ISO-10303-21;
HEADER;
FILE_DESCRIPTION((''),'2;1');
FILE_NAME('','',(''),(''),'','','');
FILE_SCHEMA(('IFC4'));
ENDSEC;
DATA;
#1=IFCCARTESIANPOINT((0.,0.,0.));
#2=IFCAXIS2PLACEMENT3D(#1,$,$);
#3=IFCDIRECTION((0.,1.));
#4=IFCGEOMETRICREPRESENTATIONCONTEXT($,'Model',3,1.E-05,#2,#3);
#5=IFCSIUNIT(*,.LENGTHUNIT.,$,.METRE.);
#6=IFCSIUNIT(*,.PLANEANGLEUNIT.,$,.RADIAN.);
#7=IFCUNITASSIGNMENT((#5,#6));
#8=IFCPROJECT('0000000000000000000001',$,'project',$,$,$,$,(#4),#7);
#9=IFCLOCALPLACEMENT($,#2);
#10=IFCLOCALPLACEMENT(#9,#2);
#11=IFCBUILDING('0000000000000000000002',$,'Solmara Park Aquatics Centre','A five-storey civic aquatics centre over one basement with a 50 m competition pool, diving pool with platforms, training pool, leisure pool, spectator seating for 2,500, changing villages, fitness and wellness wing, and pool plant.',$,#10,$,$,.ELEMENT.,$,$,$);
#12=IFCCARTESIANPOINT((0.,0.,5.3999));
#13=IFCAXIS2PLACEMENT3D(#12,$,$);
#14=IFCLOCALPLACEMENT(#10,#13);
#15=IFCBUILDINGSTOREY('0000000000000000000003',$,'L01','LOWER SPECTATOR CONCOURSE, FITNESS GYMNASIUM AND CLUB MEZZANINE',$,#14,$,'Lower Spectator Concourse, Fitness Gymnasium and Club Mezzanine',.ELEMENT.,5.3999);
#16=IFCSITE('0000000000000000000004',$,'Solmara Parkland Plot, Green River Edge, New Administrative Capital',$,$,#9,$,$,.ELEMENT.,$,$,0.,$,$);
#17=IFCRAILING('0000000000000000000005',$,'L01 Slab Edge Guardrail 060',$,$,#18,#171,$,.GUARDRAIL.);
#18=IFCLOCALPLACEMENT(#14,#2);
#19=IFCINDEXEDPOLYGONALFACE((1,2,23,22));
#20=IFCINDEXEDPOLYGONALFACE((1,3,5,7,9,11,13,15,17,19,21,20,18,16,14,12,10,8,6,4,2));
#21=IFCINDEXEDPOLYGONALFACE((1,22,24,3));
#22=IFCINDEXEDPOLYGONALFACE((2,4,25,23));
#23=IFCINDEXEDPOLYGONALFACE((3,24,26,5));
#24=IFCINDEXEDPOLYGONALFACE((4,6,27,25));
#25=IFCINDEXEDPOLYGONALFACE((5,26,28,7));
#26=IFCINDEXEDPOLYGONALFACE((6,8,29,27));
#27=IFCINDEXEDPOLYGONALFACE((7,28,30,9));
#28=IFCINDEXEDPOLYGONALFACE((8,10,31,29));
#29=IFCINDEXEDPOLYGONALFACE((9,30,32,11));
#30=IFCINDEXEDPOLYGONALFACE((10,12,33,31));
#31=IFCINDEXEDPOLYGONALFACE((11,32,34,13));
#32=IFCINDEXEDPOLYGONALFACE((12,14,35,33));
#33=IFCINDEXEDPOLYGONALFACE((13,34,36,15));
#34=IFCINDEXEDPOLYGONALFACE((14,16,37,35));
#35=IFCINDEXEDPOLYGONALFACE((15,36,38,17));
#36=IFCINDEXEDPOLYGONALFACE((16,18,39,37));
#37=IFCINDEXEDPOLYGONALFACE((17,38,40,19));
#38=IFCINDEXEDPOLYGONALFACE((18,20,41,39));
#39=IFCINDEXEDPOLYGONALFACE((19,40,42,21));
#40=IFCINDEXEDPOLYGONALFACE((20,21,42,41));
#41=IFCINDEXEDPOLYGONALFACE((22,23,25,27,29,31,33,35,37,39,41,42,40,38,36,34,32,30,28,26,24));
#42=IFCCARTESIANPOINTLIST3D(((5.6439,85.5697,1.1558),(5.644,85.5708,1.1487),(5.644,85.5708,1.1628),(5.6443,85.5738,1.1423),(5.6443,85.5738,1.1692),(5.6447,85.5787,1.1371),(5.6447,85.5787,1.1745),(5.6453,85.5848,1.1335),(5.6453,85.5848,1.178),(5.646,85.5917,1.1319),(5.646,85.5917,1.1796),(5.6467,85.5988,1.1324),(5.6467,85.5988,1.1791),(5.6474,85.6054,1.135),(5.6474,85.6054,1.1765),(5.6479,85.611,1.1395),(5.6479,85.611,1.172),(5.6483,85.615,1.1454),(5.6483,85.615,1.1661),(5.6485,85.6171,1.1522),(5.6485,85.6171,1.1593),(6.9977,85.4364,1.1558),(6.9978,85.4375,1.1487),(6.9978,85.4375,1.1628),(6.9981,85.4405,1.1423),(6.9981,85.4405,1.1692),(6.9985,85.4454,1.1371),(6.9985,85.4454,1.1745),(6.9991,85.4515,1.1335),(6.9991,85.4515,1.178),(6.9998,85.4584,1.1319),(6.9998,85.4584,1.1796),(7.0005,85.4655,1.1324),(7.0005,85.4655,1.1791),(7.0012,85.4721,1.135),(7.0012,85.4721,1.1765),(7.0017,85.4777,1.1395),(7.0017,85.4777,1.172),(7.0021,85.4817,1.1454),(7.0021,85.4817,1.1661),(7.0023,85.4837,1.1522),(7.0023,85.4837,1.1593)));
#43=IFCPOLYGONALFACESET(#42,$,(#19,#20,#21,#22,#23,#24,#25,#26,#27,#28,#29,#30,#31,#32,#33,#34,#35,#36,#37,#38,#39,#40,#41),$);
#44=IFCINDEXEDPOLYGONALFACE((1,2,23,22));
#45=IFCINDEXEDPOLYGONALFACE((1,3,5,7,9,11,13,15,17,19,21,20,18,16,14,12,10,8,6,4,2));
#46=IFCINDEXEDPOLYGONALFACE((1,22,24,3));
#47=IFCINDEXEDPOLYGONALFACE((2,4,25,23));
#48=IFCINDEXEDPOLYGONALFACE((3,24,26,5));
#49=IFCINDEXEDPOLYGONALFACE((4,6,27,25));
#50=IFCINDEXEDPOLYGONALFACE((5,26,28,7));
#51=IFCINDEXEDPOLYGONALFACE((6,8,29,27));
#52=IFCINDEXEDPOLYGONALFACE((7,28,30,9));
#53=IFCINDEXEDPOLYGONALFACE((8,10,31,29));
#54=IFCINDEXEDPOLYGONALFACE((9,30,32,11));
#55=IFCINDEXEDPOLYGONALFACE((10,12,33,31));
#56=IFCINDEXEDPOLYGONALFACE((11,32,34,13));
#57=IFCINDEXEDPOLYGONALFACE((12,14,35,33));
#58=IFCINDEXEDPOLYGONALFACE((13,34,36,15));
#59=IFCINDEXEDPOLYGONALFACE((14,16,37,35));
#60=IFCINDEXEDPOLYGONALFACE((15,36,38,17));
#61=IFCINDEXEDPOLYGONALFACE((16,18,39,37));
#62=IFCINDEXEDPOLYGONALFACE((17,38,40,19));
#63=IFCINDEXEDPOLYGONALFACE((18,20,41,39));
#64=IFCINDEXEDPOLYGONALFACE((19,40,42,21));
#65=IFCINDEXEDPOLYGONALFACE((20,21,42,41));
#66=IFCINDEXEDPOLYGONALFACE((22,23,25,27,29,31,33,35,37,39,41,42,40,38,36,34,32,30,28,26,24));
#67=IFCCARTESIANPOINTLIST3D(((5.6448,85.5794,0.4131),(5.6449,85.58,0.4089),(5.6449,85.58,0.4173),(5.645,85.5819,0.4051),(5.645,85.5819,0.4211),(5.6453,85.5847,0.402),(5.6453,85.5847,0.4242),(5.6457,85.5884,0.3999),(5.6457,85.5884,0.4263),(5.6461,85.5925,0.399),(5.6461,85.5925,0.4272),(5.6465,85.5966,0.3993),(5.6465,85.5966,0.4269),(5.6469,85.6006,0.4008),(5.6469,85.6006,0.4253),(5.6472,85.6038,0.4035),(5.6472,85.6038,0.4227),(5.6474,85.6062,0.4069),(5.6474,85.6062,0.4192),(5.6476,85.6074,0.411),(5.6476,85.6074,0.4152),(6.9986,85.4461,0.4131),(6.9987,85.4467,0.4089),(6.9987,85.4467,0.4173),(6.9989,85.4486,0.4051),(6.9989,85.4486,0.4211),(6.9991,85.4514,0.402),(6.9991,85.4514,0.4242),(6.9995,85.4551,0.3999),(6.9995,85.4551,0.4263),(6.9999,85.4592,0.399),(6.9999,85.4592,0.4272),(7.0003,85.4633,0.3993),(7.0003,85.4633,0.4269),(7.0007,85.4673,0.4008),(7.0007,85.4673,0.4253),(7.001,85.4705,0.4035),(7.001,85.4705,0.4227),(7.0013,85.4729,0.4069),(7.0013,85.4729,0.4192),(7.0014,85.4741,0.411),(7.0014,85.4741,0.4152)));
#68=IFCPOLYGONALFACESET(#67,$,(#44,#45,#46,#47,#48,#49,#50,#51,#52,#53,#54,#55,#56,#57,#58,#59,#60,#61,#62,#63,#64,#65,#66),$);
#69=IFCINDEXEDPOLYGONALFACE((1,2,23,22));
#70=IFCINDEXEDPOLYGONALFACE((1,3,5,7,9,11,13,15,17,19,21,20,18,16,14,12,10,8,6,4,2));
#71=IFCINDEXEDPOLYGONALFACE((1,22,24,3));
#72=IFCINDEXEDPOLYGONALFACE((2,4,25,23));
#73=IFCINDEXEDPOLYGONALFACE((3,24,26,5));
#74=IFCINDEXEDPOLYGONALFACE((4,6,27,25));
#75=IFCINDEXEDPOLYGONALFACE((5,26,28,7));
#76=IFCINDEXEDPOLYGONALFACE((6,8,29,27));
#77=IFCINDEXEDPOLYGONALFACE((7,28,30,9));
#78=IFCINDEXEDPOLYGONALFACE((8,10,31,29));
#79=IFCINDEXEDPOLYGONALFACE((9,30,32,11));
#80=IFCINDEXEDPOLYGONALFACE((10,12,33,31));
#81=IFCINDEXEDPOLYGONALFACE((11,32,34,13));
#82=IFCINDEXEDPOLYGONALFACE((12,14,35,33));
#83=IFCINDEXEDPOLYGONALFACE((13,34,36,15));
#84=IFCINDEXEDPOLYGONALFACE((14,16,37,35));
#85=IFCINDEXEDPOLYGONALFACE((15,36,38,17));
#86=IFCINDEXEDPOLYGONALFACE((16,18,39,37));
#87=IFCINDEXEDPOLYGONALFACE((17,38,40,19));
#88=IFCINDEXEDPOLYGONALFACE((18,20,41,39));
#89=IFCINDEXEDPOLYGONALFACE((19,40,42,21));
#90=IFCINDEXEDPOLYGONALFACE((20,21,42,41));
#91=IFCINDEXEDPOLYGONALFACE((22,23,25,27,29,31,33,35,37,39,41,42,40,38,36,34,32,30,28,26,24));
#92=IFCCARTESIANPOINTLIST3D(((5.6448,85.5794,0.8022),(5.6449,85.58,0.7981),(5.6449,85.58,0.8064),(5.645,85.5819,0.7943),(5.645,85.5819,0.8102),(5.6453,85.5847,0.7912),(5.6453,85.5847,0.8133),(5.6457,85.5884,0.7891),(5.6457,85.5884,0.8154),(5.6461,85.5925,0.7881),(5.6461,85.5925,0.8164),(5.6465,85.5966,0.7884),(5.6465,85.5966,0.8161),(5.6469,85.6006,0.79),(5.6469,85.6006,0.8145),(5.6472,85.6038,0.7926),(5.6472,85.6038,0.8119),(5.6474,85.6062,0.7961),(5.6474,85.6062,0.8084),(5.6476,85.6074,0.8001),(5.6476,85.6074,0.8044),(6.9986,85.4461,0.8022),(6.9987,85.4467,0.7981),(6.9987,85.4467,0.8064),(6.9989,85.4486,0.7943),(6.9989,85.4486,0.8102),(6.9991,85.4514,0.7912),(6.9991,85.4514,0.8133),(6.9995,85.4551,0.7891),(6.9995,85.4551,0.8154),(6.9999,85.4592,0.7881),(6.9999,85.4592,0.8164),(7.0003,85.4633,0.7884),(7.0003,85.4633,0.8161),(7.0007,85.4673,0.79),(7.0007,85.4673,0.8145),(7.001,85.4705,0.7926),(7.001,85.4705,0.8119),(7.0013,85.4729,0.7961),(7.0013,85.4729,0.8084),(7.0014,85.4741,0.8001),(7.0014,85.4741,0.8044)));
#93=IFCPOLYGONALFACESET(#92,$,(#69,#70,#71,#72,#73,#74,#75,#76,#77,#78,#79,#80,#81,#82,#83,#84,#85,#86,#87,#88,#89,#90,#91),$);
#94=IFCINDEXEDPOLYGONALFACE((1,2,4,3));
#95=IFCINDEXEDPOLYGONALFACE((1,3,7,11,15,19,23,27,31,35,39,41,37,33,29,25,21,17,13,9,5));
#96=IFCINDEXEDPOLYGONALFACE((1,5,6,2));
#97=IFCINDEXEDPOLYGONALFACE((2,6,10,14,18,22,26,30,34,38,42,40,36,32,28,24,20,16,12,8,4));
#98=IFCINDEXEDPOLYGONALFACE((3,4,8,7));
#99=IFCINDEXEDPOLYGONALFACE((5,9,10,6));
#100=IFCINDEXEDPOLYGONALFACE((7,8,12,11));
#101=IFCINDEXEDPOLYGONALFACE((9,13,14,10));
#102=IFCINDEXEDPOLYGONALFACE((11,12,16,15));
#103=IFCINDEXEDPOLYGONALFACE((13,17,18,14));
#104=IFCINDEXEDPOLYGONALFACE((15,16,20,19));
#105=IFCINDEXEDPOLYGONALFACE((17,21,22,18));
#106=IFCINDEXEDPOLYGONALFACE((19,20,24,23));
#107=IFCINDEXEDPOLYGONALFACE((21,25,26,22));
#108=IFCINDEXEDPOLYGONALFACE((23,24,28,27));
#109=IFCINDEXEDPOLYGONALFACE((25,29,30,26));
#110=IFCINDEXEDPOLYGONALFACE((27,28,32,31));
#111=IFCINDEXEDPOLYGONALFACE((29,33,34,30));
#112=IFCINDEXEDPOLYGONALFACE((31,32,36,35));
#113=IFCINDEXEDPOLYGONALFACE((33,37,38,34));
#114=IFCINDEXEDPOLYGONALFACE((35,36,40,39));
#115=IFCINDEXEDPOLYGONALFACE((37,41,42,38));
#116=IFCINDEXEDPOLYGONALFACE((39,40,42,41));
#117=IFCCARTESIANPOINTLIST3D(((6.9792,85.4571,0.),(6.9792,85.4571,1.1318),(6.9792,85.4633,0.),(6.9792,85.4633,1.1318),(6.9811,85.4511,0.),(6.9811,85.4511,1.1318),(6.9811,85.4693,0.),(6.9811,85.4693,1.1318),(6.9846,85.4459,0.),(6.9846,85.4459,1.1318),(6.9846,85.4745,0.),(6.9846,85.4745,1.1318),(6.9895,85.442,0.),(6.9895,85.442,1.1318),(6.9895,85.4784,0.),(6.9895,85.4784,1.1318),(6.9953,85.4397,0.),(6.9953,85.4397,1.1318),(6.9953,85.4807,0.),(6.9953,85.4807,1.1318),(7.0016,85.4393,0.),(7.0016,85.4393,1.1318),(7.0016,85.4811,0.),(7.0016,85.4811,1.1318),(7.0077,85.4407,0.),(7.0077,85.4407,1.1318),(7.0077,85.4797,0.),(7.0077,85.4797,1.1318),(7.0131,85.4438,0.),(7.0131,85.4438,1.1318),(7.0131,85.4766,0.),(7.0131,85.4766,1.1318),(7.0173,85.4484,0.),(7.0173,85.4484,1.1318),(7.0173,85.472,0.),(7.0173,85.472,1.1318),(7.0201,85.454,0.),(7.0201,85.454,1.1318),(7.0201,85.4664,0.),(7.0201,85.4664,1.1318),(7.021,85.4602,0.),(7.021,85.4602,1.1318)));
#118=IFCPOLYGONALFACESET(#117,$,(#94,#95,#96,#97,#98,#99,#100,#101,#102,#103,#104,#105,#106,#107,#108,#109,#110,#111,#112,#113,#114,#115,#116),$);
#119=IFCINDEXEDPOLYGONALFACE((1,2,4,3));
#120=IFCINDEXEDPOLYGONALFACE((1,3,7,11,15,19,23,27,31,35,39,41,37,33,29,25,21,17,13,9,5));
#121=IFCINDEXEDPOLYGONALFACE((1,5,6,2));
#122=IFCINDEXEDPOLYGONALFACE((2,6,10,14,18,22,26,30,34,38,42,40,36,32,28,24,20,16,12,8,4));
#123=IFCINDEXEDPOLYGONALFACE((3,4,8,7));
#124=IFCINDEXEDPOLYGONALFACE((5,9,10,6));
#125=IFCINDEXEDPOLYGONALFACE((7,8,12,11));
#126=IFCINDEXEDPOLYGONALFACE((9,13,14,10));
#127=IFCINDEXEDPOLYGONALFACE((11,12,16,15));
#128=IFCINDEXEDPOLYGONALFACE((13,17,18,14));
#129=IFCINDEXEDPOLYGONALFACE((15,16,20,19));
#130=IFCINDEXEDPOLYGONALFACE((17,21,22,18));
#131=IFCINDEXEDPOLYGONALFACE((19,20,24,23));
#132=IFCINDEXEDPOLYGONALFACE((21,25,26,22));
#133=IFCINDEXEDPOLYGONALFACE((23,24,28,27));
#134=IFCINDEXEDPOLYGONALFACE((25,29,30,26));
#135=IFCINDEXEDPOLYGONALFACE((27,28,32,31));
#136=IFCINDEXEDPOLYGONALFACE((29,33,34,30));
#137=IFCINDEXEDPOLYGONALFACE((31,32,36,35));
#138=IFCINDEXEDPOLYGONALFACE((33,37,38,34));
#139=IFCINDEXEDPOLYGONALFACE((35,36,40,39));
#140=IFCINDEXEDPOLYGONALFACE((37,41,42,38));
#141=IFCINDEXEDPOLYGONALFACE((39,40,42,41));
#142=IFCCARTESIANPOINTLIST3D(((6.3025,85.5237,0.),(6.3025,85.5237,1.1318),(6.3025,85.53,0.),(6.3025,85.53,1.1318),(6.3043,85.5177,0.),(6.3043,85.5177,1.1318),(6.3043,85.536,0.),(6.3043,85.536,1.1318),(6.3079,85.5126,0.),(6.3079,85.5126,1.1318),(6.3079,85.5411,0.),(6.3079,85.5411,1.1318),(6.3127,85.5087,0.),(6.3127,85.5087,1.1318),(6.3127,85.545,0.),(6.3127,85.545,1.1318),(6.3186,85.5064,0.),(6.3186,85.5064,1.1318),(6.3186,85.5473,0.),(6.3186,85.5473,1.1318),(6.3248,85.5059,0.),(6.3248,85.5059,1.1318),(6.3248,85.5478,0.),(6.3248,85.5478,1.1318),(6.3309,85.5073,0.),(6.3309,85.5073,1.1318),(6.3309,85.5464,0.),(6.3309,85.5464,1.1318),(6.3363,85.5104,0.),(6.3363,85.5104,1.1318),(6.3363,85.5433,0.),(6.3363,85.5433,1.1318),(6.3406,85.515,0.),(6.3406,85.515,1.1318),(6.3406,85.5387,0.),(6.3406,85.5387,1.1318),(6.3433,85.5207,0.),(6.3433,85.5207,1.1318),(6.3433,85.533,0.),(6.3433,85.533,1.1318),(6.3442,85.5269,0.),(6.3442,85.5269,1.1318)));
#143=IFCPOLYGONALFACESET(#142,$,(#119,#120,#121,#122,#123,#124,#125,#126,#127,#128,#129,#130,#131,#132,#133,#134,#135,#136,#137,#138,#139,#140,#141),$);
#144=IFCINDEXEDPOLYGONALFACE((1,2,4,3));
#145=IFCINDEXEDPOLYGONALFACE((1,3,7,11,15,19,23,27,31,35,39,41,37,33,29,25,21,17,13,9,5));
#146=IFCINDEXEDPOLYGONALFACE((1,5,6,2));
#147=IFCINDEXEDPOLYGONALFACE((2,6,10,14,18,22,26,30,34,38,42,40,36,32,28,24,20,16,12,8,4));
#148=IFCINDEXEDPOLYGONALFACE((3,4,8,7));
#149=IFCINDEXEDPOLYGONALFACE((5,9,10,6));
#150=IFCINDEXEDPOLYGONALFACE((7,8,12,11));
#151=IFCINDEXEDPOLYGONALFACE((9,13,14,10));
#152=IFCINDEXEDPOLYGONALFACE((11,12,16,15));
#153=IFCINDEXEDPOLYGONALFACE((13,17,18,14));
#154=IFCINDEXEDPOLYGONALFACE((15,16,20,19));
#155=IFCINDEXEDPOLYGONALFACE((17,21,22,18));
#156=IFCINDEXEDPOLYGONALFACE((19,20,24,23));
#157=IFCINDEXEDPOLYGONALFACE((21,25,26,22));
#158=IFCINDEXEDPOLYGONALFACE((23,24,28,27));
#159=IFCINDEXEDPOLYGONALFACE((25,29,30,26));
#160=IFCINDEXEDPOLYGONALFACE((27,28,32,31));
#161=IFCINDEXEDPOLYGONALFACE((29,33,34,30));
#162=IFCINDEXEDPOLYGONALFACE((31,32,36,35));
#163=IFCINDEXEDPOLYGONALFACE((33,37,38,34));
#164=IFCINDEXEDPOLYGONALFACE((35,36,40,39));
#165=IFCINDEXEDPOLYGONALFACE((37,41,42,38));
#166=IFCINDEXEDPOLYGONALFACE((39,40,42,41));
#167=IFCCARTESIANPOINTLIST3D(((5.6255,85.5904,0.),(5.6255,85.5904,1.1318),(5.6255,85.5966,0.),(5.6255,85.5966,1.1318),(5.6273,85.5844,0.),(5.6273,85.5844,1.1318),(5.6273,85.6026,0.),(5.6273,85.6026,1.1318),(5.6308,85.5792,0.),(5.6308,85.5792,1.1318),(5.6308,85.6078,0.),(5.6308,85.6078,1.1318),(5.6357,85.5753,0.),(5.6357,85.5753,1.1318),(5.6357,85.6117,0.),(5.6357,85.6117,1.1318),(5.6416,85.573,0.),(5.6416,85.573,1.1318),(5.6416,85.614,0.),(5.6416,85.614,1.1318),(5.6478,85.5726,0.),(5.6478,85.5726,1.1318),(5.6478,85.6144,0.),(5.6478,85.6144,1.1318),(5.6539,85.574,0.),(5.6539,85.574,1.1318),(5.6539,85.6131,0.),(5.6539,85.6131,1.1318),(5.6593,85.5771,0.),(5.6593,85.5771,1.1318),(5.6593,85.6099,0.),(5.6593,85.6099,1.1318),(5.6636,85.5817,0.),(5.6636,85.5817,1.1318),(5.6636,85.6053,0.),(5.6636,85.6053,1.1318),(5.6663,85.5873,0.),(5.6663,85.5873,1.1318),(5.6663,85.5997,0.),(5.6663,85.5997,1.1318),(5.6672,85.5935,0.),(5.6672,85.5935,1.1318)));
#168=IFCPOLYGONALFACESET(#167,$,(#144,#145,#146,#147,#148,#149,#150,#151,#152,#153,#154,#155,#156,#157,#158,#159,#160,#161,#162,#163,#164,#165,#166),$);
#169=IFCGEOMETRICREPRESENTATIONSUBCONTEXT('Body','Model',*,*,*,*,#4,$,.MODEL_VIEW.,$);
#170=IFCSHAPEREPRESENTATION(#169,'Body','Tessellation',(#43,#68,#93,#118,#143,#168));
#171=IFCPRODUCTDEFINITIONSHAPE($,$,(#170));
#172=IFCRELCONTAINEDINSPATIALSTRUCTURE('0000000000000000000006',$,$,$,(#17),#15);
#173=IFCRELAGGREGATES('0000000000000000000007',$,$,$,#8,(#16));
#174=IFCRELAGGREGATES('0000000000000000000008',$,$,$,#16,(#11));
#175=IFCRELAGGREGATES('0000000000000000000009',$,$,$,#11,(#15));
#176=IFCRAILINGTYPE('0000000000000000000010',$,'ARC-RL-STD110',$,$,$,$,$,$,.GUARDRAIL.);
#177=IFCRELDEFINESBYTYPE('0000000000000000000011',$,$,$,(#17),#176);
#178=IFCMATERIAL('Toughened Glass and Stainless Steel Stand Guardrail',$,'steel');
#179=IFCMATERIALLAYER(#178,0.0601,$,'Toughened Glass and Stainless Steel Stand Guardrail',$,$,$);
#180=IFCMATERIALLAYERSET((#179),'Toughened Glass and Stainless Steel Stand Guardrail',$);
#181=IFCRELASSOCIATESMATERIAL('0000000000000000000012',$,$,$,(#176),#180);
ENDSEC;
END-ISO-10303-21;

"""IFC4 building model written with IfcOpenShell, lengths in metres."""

from ifc_helpers import new_model, si_unit, direction, frame, origin, origin_2d, place, context, subcontext, project, spatial, circle, extrude, material, layer, layer_set, type_object, element, save


model = new_model("IFC4")

# Units and contexts
model_context = context("Model", 3, precision=1e-05, world=origin(), true_north=direction((0.0, 1.0)))
body_context = subcontext(model_context, "Body", "Model", "MODEL_VIEW")
ifc_project = project(units=[si_unit("LENGTHUNIT", "METRE"), si_unit("PLANEANGLEUNIT", "RADIAN")], contexts=[model_context])

# Site, building, storey
site_placement = place(None, origin())
site = spatial("IfcSite", under=ifc_project, at=site_placement, Name="Solmara Parkland Plot, Green River Edge, New Administrative Capital", CompositionType="ELEMENT", RefElevation=0.0)
building_placement = place(site_placement, origin())
building = spatial("IfcBuilding", under=site, at=building_placement, Name="Solmara Park Aquatics Centre", Description="A five-storey civic aquatics centre over one basement with a 50 m competition pool, diving pool with platforms, training pool, leisure pool, spectator seating for 2,500, changing villages, fitness and wellness wing, and pool plant.", CompositionType="ELEMENT")
storey_placement = place(building_placement, frame((0.0, 0.0, 5.3999)))
storey = spatial("IfcBuildingStorey", under=building, at=storey_placement, Name="L01", Description="LOWER SPECTATOR CONCOURSE, FITNESS GYMNASIUM AND CLUB MEZZANINE", LongName="Lower Spectator Concourse, Fitness Gymnasium and Club Mezzanine", CompositionType="ELEMENT", Elevation=5.3999)

# Railing
ifc_material_1 = material(Name="Toughened Glass and Stainless Steel Stand Guardrail", Category="steel")
ifc_layer_1 = layer(ifc_material_1, 0.0601, Name="Toughened Glass and Stainless Steel Stand Guardrail")
ifc_layer_set_1 = layer_set([ifc_layer_1], Name="Toughened Glass and Stainless Steel Stand Guardrail")
railing_type = type_object("IfcRailingType", Name="ARC-RL-STD110", PredefinedType="GUARDRAIL", material=ifc_layer_set_1)
railing_1_placement = place(storey_placement, frame((7.0, 85.4602, 0.0)))
element("IfcRailing", 1, at=railing_1_placement, inside=storey, type_object=railing_type, Name="L01 Slab Edge Guardrail 060", PredefinedType="GUARDRAIL", context=body_context, shape_type="SweptSolid", body=[
    extrude(circle(Radius=0.0239, at=origin_2d()), frame((0.0, 0.0, 1.1558), z_axis=(-0.995187, 0.097993, 0.0), x_axis=(-0.097993, -0.995187, 0.0)), (0.0, 0.0, 1.0), 1.3604),
    extrude(circle(Radius=0.0142, at=origin_2d()), frame((0.0, 0.0, 0.4131), z_axis=(-0.995187, 0.097993, 0.0), x_axis=(-0.097993, -0.995187, 0.0)), (0.0, 0.0, 1.0), 1.3604),
    extrude(circle(Radius=0.0142, at=origin_2d()), frame((0.0, 0.0, 0.8022), z_axis=(-0.995187, 0.097993, 0.0), x_axis=(-0.097993, -0.995187, 0.0)), (0.0, 0.0, 1.0), 1.3604),
    extrude(circle(Radius=0.021, at=origin_2d()), origin(), (0.0, 0.0, 1.0), 1.1318),
    extrude(circle(Radius=0.021, at=origin_2d()), frame((-0.6768, 0.0667, 0.0)), (0.0, 0.0, 1.0), 1.1318),
    extrude(circle(Radius=0.021, at=origin_2d()), frame((-1.3538, 0.1333, 0.0)), (0.0, 0.0, 1.0), 1.1318),
])

save(model, "model.ifc")
